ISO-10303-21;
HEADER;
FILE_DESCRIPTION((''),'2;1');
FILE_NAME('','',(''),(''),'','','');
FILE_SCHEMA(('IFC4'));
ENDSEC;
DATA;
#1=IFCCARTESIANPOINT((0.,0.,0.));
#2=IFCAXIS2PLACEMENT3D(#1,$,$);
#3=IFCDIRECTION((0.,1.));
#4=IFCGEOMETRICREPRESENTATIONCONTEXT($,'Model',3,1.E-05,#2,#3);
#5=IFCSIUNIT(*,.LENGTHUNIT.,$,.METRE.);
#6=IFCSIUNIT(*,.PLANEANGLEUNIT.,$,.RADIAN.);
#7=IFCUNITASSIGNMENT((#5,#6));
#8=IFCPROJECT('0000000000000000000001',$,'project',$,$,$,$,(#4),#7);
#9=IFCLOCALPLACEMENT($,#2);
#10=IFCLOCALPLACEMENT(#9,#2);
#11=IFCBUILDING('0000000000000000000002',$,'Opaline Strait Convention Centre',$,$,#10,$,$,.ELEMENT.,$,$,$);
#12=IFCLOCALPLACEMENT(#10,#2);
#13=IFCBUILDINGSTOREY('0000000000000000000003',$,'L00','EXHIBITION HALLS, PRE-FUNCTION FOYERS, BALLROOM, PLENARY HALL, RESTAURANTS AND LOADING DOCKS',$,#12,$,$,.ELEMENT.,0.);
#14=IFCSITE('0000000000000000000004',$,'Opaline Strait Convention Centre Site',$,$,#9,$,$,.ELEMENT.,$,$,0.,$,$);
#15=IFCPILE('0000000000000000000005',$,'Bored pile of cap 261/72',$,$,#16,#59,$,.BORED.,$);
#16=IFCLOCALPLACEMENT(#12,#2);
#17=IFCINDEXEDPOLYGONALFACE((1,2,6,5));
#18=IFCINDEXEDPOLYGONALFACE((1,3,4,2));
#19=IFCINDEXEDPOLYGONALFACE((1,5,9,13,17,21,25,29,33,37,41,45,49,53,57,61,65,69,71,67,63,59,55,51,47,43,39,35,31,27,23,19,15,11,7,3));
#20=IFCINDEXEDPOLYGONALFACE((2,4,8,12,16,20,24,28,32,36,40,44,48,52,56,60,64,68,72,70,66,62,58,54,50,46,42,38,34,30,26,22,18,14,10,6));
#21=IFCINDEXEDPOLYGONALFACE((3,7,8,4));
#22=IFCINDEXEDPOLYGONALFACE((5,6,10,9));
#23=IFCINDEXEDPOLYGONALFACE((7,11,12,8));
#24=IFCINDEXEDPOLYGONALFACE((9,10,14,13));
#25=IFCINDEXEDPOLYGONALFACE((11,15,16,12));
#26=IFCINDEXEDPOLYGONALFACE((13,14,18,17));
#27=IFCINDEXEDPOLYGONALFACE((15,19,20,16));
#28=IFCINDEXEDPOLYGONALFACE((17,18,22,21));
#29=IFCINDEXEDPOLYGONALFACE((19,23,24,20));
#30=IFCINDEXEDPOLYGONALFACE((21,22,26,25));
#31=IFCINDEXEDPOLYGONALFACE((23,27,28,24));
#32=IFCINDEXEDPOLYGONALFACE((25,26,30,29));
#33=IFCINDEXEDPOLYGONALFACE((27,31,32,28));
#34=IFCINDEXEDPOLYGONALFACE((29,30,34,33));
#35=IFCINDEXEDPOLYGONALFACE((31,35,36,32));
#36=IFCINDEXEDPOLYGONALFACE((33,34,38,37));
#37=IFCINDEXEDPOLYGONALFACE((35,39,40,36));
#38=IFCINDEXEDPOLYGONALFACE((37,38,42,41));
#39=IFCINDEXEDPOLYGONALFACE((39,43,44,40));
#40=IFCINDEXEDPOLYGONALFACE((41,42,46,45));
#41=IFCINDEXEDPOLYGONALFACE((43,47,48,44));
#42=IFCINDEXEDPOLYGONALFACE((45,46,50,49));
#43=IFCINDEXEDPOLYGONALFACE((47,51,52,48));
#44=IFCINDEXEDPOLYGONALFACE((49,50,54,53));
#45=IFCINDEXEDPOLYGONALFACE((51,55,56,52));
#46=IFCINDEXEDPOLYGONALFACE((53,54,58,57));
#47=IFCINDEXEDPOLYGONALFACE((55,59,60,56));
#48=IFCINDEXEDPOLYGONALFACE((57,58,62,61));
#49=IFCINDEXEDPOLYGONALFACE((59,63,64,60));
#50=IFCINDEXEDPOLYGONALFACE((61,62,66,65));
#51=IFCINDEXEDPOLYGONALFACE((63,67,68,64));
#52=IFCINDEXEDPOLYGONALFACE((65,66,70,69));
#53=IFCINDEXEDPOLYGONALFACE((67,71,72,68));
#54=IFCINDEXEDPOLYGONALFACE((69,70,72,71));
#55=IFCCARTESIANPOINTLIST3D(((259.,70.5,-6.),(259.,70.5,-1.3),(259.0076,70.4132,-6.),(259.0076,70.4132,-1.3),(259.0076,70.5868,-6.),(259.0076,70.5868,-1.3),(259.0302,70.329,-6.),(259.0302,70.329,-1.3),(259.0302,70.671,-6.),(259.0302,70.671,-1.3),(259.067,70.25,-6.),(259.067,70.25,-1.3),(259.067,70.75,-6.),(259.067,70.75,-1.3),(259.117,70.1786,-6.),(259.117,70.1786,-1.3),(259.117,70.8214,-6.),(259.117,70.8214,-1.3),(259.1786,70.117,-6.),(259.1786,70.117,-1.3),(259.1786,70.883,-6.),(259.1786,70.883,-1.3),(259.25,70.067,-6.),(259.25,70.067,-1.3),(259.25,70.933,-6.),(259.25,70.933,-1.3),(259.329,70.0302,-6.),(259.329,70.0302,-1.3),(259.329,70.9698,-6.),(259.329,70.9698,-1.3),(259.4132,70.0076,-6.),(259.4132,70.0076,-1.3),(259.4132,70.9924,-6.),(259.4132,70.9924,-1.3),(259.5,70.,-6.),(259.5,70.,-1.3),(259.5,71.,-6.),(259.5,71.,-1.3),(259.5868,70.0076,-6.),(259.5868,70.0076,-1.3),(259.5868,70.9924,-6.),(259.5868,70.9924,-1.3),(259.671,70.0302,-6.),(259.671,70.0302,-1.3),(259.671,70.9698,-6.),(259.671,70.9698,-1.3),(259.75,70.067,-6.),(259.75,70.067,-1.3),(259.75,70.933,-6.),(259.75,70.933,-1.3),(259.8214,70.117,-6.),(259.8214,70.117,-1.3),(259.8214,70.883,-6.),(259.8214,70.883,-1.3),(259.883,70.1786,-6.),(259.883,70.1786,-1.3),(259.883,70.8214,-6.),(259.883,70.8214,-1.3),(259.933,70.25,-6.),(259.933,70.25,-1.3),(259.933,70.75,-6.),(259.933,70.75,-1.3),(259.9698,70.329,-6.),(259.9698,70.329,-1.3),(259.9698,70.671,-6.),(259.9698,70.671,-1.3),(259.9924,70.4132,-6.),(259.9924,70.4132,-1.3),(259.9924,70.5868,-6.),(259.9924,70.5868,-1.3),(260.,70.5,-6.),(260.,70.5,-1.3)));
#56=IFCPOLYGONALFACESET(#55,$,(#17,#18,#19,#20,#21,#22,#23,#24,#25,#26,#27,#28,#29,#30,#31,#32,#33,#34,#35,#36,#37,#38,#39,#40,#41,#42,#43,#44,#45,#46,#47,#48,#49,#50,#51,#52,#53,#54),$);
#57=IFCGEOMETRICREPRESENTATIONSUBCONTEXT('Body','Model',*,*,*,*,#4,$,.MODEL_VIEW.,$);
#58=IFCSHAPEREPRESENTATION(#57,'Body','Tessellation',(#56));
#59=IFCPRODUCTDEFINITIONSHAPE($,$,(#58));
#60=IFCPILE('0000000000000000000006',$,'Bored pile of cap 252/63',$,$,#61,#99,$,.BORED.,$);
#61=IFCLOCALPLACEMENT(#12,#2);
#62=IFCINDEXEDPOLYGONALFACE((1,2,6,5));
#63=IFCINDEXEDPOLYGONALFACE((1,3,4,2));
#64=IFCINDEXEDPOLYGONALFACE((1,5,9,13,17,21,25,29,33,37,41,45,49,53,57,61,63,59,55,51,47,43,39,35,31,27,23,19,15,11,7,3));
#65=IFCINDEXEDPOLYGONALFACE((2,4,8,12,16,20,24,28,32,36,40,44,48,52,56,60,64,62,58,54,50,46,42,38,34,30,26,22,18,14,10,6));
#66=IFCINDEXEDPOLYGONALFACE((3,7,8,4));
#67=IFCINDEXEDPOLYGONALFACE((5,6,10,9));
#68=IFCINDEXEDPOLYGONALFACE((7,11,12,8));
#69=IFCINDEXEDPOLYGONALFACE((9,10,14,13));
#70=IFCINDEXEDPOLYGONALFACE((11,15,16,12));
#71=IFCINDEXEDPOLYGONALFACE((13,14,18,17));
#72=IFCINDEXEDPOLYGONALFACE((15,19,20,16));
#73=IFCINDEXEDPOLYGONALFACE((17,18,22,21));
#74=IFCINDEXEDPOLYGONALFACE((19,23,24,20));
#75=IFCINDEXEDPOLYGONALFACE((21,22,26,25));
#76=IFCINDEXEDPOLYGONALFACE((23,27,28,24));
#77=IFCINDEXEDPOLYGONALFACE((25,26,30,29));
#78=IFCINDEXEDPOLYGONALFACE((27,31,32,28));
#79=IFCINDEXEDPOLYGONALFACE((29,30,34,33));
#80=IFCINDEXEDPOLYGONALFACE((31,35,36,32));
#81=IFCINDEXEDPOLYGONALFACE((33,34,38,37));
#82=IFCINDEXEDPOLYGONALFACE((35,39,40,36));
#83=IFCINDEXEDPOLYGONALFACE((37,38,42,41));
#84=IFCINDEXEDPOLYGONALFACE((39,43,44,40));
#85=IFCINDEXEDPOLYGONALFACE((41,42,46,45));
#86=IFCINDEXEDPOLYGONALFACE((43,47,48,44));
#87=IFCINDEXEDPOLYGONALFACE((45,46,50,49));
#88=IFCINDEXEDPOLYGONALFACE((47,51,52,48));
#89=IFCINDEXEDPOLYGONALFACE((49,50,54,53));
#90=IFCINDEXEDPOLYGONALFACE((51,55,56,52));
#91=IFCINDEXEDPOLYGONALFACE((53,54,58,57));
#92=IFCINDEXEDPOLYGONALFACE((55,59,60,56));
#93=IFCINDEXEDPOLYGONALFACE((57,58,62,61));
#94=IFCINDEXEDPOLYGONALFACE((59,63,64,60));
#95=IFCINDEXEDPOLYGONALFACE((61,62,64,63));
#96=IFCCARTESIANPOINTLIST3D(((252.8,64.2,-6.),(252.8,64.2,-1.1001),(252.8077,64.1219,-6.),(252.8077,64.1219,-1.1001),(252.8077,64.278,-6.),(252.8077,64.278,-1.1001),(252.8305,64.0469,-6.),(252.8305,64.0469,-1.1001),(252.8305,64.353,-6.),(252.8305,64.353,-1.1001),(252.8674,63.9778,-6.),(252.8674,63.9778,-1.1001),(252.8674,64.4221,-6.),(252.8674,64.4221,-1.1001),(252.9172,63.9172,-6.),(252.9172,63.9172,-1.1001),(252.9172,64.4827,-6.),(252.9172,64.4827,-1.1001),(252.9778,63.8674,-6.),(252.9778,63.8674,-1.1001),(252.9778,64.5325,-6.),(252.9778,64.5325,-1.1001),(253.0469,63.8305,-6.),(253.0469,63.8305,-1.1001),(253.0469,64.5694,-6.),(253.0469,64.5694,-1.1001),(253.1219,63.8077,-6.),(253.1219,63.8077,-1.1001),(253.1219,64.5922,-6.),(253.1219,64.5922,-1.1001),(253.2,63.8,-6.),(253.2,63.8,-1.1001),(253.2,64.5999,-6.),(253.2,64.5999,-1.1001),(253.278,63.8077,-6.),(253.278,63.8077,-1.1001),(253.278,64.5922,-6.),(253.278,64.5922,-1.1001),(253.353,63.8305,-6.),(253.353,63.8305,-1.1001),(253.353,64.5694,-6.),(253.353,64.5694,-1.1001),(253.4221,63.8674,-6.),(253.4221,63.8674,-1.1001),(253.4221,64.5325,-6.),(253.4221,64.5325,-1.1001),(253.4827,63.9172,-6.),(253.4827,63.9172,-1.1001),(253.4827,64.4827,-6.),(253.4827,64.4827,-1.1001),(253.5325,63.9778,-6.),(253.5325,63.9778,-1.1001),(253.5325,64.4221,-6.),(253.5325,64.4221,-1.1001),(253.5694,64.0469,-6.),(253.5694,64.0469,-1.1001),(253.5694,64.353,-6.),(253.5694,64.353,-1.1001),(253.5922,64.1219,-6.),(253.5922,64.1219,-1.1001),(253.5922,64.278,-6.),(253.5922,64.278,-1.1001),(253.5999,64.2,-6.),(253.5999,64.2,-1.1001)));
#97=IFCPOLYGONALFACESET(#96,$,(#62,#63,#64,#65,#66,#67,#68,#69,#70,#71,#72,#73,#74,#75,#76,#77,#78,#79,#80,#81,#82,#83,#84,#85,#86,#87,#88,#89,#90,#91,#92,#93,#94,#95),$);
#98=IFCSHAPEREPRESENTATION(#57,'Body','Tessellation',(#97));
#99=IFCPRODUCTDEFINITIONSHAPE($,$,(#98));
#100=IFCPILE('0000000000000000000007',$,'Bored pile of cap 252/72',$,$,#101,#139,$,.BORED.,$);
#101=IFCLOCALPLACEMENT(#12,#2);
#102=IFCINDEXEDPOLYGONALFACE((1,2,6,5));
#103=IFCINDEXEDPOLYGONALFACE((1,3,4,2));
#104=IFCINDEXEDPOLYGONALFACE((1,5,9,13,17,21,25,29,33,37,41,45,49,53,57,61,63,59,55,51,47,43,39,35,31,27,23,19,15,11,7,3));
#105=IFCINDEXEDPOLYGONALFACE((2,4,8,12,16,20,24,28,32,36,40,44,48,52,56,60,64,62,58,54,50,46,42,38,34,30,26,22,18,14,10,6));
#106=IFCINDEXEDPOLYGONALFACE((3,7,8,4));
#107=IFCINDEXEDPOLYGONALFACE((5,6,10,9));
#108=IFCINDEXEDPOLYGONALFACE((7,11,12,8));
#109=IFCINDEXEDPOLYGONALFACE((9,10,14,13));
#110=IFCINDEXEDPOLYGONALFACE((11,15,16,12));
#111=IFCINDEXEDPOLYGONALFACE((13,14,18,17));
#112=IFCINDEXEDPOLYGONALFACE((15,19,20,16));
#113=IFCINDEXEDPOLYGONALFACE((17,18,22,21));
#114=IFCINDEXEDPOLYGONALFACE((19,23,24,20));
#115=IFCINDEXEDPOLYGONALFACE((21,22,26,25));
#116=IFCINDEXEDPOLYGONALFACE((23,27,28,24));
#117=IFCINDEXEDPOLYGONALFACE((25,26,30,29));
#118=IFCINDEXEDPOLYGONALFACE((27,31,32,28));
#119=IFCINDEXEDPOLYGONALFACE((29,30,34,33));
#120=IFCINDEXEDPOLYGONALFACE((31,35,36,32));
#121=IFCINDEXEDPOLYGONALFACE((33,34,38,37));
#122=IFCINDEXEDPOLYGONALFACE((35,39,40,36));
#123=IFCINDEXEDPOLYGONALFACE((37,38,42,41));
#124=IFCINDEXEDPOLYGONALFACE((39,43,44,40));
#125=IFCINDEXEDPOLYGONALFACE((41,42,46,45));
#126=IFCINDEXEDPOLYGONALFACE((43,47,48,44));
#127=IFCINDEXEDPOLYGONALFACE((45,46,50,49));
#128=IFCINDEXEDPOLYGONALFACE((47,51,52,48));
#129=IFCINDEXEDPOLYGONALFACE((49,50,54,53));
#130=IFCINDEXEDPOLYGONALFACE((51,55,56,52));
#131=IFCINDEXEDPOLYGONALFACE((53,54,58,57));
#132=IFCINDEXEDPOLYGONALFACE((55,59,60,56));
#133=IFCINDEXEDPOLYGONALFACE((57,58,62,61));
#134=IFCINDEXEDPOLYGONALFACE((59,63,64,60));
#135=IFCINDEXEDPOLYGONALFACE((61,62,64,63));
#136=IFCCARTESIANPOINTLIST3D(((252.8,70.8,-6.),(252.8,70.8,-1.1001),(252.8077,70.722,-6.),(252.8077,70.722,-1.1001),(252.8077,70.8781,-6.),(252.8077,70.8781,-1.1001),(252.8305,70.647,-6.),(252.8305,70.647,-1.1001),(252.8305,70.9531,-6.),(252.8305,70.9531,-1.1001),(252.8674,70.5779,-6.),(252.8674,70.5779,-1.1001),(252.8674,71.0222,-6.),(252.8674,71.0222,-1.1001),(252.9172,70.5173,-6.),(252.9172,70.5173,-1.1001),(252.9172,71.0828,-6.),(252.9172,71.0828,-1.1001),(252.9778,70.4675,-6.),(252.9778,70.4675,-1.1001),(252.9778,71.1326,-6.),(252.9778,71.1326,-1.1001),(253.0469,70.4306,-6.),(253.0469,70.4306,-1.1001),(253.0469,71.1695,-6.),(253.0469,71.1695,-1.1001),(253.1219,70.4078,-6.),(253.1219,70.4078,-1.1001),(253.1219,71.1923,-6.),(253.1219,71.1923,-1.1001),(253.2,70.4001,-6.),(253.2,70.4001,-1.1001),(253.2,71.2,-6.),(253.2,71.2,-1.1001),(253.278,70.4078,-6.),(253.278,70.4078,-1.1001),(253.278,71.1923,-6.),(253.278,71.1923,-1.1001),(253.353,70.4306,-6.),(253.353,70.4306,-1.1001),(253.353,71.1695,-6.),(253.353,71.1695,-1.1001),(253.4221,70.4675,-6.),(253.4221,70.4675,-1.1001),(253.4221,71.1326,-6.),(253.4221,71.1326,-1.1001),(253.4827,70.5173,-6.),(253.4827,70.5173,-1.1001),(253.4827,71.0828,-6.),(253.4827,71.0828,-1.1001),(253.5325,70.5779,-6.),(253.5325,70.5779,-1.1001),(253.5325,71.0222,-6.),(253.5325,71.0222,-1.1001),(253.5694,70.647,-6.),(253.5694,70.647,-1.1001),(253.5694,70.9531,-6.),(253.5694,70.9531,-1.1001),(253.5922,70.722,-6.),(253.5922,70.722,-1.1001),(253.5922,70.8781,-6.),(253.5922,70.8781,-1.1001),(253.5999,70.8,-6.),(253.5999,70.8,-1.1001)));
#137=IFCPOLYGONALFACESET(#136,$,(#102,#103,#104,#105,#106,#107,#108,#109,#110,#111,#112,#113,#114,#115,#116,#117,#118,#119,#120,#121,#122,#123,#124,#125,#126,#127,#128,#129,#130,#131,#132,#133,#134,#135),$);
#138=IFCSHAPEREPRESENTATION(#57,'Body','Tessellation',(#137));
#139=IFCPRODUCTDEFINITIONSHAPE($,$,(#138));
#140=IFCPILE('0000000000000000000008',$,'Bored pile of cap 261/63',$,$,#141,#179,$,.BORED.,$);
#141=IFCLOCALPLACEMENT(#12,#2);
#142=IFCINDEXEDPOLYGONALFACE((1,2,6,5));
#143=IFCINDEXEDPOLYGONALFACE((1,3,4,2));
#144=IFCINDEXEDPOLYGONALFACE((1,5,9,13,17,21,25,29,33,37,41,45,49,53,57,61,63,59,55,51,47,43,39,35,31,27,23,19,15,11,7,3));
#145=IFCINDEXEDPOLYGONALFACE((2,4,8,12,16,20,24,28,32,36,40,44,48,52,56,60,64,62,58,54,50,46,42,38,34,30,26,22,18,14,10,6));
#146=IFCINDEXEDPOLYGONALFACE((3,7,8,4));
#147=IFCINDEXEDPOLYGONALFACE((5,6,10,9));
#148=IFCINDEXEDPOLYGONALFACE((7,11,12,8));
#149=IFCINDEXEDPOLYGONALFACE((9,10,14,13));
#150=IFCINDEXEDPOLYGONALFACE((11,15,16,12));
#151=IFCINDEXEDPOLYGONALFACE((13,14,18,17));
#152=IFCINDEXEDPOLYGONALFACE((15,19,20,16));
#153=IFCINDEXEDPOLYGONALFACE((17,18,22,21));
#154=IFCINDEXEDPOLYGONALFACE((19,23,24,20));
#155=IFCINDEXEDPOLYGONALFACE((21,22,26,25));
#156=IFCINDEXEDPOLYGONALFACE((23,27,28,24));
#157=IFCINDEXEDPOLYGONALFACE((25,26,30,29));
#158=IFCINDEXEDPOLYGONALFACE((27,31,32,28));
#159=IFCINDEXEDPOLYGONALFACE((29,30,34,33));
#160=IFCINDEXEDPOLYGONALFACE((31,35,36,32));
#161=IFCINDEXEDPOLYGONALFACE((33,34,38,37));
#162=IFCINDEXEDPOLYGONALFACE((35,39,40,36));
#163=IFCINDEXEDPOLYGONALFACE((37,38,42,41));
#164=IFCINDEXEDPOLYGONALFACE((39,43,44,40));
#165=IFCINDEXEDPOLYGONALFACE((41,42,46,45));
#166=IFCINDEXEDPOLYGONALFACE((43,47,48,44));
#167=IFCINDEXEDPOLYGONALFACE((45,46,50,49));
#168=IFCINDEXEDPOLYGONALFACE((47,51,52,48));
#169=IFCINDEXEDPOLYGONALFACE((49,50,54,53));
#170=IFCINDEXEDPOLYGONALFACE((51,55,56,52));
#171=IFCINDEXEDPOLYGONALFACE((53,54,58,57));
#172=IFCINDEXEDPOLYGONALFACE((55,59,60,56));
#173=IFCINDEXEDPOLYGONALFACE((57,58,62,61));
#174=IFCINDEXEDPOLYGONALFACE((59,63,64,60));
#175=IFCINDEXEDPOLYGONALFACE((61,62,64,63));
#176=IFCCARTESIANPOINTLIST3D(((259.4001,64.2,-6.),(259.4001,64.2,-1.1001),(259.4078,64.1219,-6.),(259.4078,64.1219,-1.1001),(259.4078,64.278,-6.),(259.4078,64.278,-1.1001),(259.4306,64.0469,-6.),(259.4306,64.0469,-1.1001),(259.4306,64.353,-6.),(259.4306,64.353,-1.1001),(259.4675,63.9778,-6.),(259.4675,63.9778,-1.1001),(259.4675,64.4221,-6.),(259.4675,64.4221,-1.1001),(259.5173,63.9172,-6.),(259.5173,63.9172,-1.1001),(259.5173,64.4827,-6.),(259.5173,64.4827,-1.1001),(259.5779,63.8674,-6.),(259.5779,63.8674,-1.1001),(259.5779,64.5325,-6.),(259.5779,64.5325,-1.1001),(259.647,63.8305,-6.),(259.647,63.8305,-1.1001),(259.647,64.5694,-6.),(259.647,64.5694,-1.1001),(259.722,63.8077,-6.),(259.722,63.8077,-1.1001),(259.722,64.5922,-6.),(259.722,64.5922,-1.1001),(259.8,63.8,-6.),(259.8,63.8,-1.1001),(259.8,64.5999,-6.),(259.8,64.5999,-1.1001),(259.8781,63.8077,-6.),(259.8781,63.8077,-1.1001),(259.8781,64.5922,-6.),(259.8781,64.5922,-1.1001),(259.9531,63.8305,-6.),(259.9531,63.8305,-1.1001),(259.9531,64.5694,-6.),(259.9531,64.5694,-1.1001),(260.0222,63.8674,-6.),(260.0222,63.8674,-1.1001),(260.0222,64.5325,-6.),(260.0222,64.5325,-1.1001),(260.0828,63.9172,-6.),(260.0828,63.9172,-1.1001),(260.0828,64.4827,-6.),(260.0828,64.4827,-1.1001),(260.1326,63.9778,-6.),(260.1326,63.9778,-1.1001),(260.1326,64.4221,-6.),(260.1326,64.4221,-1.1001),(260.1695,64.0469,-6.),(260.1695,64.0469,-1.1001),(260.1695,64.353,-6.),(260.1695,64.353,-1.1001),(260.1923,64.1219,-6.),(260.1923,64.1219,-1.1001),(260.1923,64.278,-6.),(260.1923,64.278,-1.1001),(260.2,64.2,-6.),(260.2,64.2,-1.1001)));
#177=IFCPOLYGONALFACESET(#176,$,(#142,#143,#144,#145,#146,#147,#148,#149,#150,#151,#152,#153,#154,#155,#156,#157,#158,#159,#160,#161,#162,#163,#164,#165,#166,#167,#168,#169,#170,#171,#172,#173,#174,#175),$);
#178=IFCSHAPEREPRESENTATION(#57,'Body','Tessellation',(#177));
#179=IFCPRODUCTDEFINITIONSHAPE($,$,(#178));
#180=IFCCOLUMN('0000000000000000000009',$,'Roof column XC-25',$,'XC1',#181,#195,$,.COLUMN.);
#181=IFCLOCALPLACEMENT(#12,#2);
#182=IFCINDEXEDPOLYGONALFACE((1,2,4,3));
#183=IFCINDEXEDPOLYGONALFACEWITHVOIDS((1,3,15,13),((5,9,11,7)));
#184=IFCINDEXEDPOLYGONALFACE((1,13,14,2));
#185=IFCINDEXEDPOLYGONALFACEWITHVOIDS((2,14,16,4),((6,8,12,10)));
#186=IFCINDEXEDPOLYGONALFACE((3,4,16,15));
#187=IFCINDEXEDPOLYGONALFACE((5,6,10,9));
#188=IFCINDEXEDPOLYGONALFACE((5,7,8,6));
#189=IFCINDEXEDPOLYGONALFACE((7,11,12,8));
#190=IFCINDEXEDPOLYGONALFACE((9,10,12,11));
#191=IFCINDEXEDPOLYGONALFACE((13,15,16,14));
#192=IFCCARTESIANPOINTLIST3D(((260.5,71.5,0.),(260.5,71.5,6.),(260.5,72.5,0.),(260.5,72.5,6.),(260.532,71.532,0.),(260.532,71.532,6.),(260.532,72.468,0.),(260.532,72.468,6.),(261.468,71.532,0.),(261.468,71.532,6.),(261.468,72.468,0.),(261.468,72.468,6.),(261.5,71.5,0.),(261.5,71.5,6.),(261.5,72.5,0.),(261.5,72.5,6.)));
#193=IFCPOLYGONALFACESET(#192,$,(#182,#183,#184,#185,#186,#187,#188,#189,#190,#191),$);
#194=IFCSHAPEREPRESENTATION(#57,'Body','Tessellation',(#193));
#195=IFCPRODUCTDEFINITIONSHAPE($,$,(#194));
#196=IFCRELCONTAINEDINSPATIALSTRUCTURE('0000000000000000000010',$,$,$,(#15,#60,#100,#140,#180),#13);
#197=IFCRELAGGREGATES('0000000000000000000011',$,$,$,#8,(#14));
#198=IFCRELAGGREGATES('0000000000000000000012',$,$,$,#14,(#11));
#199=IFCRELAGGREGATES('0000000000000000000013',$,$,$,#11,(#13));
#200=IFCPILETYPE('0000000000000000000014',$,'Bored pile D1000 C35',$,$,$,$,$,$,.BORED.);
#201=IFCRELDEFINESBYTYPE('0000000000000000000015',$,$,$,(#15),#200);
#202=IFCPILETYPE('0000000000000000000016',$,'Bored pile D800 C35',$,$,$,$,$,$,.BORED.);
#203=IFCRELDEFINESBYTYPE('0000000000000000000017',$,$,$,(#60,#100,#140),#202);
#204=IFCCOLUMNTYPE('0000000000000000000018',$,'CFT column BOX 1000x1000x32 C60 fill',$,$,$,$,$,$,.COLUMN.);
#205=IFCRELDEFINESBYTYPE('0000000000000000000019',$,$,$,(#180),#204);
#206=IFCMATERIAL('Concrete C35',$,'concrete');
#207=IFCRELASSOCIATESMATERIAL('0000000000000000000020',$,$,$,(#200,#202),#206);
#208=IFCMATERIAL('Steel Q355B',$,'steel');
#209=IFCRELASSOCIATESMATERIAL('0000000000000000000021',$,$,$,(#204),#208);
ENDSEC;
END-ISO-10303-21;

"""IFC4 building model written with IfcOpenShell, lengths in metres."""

from ifc_helpers import new_model, si_unit, direction, frame, origin, origin_2d, place, context, subcontext, project, spatial, hollow_rectangle, circle, extrude, material, material_profile, profile_set, type_object, element, save


model = new_model("IFC4")

# Units and contexts
model_context = context("Model", 3, precision=1e-05, world=origin(), true_north=direction((0.0, 1.0)))
body_context = subcontext(model_context, "Body", "Model", "MODEL_VIEW")
ifc_project = project(units=[si_unit("LENGTHUNIT", "METRE"), si_unit("PLANEANGLEUNIT", "RADIAN")], contexts=[model_context])

# Site, building, storey
site_placement = place(None, origin())
site = spatial("IfcSite", under=ifc_project, at=site_placement, Name="Opaline Strait Convention Centre Site", CompositionType="ELEMENT", RefElevation=0.0)
building_placement = place(site_placement, origin())
building = spatial("IfcBuilding", under=site, at=building_placement, Name="Opaline Strait Convention Centre", CompositionType="ELEMENT")
storey_placement = place(building_placement, origin())
storey = spatial("IfcBuildingStorey", under=building, at=storey_placement, Name="L00", Description="EXHIBITION HALLS, PRE-FUNCTION FOYERS, BALLROOM, PLENARY HALL, RESTAURANTS AND LOADING DOCKS", CompositionType="ELEMENT", Elevation=0.0)

# Piles
ifc_material_1 = material(Name="Concrete C35", Category="concrete")
ifc_material_profile_1 = material_profile(ifc_material_1, circle(Radius=0.5, at=origin_2d()), Name="D1000")
ifc_profile_set_1 = profile_set([ifc_material_profile_1], Name="Concrete C35")
pile_type_1 = type_object("IfcPileType", Name="Bored pile D1000 C35", PredefinedType="BORED", material=ifc_profile_set_1)
pile_placement = place(storey_placement, frame((259.5, 70.5, -1.3), z_axis=(0.0, 0.0, -1.0), x_axis=(1.0, 0.0, 0.0)))
element("IfcPile", 1, at=pile_placement, inside=storey, type_object=pile_type_1, Name="Bored pile of cap 261/72", PredefinedType="BORED", context=body_context, shape_type="SweptSolid", body=[
    extrude(circle(Radius=0.5, at=origin_2d()), origin(), (0.0, 0.0, 1.0), 4.7),
])
ifc_material_profile_2 = material_profile(ifc_material_1, circle(Radius=0.3999, at=origin_2d()), Name="D800")
ifc_profile_set_2 = profile_set([ifc_material_profile_2], Name="Concrete C35")
pile_type_2 = type_object("IfcPileType", Name="Bored pile D800 C35", PredefinedType="BORED", material=ifc_profile_set_2)
for number, where, z_axis, x_axis, name in (
    (2, (253.2, 64.2, -1.1001), (0.0, 0.0, -1.0), (1.0, 0.0, 0.0), "Bored pile of cap 252/63"),
    (3, (253.2, 70.8, -1.1001), (0.0, 0.0, -1.0), (1.0, 0.0, 0.0), "Bored pile of cap 252/72"),
    (4, (259.8, 64.2, -1.1001), (0.0, 0.0, -1.0), (1.0, 0.0, 0.0), "Bored pile of cap 261/63"),
):
    element("IfcPile", number, at=place(storey_placement, frame(where, z_axis=z_axis, x_axis=x_axis)), inside=storey, type_object=pile_type_2, Name=name, PredefinedType="BORED", context=body_context, shape_type="SweptSolid", body=[
        extrude(circle(Radius=0.3999, at=origin_2d()), origin(), (0.0, 0.0, 1.0), 4.8999),
    ])

# Column
ifc_material_2 = material(Name="Steel Q355B", Category="steel")
ifc_material_profile_3 = material_profile(ifc_material_2, hollow_rectangle(XDim=1.0, YDim=1.0, WallThickness=0.032, at=origin_2d()), Name="BOX 1000x1000x32")
ifc_profile_set_3 = profile_set([ifc_material_profile_3], Name="Steel Q355B")
column_type_1 = type_object("IfcColumnType", Name="CFT column BOX 1000x1000x32 C60 fill", PredefinedType="COLUMN", material=ifc_profile_set_3)
column_1_placement = place(storey_placement, frame((261.0, 72.0, 0.0), z_axis=(0.0, 0.0, 1.0), x_axis=(1.0, 0.0, 0.0)))
element("IfcColumn", 5, at=column_1_placement, inside=storey, type_object=column_type_1, Name="Roof column XC-25", ObjectType="XC1", PredefinedType="COLUMN", context=body_context, shape_type="SweptSolid", body=[
    extrude(hollow_rectangle(XDim=1.0, YDim=1.0, WallThickness=0.032, at=origin_2d()), origin(), (0.0, 0.0, 1.0), 6.0),
])

save(model, "model.ifc")
